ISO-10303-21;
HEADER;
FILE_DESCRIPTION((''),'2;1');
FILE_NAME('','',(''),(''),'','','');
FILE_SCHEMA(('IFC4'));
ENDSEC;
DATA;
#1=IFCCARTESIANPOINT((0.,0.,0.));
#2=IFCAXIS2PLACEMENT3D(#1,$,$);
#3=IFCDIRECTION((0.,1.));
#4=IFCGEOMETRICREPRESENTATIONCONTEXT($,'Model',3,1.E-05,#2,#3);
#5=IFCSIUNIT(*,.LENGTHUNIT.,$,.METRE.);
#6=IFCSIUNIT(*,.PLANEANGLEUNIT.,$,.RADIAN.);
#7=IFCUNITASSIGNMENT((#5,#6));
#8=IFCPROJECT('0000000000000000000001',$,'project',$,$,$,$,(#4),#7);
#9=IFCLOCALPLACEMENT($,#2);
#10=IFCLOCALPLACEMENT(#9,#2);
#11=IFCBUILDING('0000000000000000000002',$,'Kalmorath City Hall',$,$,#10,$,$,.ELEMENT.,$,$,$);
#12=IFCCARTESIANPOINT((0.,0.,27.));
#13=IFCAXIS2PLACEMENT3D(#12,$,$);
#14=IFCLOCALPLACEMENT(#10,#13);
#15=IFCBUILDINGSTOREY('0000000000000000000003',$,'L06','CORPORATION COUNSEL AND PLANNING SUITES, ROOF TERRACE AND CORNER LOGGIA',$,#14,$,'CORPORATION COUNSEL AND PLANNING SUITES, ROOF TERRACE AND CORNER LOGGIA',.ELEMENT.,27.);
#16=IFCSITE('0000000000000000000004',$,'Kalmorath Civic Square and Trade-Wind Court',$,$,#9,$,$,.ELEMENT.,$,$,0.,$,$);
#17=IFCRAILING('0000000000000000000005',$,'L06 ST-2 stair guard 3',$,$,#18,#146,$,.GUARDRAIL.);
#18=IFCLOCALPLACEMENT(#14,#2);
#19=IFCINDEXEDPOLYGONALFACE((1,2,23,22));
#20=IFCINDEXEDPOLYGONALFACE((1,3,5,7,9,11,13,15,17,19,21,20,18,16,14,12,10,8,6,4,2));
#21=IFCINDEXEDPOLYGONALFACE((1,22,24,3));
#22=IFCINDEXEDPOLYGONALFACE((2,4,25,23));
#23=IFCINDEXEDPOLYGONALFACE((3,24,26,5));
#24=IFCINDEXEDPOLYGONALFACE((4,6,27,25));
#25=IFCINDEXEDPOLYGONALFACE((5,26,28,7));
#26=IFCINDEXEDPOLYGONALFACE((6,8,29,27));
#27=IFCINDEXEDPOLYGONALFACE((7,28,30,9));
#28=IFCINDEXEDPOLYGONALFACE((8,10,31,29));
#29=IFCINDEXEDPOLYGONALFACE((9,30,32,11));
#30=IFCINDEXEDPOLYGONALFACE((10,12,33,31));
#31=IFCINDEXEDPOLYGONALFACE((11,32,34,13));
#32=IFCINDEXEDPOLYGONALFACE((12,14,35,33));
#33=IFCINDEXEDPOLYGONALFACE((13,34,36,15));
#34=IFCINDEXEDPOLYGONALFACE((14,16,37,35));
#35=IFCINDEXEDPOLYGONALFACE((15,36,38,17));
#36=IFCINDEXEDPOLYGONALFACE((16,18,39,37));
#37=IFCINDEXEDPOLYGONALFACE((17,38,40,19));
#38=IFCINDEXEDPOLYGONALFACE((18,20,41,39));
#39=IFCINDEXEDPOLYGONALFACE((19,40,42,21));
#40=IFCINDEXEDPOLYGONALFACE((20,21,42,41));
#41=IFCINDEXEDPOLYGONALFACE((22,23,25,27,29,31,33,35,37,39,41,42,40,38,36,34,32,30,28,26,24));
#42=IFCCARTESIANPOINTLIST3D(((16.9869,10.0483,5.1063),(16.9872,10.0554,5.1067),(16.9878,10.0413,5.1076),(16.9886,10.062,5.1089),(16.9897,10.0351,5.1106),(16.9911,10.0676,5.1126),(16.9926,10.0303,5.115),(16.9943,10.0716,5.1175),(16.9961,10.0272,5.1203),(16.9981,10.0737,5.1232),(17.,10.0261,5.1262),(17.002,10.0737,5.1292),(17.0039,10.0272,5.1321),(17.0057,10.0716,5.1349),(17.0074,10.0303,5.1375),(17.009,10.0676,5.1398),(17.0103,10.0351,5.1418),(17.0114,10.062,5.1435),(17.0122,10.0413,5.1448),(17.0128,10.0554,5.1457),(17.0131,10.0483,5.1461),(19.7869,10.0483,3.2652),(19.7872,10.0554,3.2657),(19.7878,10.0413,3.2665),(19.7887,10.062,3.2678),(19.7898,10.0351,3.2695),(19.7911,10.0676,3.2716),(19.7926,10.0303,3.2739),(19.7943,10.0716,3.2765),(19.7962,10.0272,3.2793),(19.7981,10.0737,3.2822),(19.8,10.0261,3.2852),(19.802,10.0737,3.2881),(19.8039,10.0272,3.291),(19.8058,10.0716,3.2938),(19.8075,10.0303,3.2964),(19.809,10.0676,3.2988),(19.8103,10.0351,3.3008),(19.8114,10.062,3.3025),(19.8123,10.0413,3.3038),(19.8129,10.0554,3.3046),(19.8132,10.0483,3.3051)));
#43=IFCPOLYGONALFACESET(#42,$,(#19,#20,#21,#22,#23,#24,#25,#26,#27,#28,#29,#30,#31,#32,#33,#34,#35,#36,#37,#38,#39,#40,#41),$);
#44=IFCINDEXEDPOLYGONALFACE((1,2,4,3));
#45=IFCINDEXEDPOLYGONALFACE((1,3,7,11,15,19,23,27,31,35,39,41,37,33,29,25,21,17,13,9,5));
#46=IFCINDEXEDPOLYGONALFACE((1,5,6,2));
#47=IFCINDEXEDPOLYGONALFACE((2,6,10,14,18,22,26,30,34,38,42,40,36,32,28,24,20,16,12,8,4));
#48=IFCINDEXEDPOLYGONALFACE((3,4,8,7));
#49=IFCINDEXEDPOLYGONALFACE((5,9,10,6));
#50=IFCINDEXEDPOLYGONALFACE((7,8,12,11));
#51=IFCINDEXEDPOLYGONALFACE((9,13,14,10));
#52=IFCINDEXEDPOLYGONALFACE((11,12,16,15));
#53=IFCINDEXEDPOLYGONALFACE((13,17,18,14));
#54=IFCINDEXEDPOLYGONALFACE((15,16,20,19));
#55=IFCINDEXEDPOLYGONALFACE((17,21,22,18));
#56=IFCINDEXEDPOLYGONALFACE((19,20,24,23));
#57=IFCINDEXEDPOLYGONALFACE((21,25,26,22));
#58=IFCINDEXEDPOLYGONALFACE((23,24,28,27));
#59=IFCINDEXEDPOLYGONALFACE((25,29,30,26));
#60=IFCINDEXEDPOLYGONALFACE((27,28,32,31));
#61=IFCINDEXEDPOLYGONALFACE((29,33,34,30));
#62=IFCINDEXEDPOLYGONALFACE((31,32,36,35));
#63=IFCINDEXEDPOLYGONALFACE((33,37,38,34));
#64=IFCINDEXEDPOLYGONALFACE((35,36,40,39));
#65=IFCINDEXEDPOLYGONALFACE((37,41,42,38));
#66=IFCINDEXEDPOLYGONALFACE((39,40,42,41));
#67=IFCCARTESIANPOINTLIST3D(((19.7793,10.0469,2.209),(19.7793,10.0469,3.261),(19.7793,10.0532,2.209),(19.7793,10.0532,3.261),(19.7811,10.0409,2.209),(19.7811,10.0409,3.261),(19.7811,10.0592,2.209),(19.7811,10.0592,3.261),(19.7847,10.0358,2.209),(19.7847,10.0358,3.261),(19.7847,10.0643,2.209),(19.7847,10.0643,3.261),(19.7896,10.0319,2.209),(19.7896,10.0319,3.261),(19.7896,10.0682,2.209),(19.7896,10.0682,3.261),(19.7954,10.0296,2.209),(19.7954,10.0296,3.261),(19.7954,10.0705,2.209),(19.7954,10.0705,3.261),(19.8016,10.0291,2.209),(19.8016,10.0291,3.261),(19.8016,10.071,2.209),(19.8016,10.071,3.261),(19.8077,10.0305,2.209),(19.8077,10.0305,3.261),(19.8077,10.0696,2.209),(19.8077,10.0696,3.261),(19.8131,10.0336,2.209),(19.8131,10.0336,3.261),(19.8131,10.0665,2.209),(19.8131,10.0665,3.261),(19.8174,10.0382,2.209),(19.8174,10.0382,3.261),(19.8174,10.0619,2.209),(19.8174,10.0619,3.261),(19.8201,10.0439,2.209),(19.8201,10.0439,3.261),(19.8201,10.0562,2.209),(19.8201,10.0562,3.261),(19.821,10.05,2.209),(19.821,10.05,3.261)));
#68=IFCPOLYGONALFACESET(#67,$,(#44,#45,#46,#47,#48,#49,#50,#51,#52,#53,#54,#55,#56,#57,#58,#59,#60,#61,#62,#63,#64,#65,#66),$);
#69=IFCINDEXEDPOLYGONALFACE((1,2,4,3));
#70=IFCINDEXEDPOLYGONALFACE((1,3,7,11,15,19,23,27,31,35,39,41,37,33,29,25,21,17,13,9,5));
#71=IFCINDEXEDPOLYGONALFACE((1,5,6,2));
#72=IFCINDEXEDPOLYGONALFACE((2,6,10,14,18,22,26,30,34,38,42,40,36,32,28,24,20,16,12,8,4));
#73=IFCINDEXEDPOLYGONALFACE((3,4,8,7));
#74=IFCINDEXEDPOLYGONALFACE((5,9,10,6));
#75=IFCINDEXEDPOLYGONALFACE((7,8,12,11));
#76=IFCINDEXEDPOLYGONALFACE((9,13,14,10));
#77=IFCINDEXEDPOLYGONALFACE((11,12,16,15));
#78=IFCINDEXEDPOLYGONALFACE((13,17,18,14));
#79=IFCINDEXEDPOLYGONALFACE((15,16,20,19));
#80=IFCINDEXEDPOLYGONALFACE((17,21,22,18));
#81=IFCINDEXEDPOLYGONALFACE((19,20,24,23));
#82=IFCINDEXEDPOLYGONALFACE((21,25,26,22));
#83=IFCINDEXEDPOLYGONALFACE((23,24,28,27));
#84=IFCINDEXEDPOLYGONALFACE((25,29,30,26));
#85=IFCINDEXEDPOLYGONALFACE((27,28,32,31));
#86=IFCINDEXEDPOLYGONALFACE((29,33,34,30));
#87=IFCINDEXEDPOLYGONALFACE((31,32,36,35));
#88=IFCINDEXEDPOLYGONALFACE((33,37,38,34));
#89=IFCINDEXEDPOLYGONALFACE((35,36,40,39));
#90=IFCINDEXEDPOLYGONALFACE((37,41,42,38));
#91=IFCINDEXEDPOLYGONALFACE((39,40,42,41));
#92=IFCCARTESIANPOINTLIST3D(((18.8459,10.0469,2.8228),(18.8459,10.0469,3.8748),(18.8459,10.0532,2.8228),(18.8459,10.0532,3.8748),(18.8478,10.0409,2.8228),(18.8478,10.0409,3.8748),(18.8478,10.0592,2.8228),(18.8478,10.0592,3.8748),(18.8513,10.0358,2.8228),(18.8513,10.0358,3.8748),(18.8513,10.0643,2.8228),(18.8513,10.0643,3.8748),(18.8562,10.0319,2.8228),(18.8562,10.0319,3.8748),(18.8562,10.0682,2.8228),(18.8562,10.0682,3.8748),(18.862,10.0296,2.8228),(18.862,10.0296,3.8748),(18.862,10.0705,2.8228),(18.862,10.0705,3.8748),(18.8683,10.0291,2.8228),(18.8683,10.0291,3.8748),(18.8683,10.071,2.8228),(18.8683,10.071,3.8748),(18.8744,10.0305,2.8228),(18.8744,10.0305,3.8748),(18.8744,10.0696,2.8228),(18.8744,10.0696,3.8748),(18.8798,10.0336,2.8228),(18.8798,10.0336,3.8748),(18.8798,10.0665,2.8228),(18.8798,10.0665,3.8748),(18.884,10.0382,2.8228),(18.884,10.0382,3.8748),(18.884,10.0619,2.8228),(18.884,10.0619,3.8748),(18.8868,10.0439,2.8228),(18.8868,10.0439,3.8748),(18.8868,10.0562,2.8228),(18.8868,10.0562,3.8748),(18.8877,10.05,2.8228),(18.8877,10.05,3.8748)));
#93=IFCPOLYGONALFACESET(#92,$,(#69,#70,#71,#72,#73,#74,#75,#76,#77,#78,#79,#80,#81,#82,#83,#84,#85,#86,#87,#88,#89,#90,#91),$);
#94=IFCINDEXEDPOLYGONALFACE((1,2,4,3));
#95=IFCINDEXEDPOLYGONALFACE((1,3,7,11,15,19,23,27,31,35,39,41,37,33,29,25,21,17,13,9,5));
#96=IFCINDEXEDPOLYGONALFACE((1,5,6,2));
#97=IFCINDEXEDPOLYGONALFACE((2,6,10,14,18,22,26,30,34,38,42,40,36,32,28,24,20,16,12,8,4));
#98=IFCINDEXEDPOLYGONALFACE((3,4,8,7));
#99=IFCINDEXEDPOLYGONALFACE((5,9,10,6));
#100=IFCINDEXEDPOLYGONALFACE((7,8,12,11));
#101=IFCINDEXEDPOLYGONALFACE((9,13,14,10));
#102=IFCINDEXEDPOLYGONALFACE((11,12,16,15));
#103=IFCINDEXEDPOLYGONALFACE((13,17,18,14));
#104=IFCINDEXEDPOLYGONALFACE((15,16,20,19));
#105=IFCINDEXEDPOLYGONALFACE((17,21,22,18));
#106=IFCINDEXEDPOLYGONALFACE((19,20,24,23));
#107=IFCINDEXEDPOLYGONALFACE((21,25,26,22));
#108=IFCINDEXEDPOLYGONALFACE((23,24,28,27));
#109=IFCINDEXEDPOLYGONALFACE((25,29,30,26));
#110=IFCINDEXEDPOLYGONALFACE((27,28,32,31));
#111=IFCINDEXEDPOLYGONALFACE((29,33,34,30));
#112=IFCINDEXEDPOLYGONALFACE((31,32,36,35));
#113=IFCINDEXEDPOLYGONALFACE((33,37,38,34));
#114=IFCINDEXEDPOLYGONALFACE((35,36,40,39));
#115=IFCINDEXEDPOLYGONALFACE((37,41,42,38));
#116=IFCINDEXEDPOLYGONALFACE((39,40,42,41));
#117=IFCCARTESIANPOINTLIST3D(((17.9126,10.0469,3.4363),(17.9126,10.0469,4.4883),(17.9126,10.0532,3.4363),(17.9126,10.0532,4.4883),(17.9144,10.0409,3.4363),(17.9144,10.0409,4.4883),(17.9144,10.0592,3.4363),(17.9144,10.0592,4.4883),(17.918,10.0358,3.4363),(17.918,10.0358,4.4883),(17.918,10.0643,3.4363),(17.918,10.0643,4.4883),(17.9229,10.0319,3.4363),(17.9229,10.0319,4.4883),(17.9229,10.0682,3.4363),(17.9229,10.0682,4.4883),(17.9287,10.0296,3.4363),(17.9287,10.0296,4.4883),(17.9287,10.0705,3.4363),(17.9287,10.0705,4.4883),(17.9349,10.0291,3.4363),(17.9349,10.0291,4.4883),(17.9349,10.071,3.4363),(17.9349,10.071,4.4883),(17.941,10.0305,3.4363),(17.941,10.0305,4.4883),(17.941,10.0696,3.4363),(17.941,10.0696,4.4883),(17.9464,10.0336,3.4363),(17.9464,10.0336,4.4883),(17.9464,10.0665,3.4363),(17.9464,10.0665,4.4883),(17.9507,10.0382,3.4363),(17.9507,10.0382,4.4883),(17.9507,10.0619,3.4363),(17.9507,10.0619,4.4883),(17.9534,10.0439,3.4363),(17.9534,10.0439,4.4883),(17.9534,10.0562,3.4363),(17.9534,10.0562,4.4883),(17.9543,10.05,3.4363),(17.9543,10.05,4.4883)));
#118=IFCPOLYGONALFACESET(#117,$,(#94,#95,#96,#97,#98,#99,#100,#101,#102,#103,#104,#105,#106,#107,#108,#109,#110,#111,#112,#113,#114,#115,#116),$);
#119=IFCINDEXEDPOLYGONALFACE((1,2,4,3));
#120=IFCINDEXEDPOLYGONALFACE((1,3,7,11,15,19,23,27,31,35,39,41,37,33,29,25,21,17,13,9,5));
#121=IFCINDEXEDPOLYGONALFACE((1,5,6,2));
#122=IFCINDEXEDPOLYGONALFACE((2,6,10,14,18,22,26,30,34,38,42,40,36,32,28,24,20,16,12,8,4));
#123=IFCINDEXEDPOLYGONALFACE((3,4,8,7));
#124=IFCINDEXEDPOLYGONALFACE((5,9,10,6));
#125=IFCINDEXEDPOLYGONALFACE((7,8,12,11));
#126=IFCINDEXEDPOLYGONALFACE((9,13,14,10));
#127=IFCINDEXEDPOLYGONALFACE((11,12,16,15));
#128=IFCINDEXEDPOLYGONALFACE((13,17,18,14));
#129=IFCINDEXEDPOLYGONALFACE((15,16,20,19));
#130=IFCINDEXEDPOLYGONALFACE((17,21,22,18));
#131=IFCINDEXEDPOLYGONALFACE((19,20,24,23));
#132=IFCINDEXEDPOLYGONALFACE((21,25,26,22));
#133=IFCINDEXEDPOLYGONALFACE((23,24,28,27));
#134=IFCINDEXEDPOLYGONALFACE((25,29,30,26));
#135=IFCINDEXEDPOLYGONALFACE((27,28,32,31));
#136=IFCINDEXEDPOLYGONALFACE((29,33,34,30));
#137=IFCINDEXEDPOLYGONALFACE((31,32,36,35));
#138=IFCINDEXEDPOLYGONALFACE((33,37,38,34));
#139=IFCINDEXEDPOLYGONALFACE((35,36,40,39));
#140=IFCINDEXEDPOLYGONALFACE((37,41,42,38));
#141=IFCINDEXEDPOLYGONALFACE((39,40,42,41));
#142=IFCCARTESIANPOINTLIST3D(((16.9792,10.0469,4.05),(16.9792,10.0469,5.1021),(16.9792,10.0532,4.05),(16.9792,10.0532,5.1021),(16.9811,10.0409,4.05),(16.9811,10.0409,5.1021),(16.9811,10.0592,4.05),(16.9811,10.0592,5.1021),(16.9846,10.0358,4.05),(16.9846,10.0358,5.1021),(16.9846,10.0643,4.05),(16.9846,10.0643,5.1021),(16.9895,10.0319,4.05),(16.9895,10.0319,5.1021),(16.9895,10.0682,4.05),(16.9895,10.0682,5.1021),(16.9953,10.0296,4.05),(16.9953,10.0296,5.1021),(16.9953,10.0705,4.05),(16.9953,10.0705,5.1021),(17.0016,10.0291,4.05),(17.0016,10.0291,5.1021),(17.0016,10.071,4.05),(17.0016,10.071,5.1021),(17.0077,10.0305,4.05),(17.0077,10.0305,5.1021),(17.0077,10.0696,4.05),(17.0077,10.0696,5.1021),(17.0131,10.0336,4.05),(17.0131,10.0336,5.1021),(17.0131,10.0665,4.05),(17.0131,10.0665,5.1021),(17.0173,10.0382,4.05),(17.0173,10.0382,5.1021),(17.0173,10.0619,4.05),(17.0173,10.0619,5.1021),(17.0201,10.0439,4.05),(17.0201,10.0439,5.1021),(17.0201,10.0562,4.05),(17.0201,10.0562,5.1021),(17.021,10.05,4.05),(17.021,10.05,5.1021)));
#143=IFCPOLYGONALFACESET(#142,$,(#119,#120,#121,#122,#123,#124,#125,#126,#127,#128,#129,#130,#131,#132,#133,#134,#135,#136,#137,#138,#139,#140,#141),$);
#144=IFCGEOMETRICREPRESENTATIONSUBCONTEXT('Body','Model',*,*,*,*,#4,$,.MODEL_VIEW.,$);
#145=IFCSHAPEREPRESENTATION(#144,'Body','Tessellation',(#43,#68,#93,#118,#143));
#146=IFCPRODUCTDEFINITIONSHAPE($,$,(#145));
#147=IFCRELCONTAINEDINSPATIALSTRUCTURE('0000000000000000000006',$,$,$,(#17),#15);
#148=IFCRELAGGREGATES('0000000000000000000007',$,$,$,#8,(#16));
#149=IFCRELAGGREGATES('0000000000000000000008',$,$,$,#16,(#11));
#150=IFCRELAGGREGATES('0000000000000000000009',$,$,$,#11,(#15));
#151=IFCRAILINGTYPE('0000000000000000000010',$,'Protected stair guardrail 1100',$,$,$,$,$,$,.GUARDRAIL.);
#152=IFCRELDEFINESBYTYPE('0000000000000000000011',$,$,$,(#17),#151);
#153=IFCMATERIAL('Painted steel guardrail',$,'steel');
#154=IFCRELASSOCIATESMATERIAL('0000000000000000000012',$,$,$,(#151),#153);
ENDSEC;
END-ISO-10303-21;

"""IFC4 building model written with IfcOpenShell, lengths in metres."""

from ifc_helpers import new_model, si_unit, direction, frame, origin, origin_2d, place, context, subcontext, project, spatial, circle, extrude, material, type_object, element, save


model = new_model("IFC4")

# Units and contexts
model_context = context("Model", 3, precision=1e-05, world=origin(), true_north=direction((0.0, 1.0)))
body_context = subcontext(model_context, "Body", "Model", "MODEL_VIEW")
ifc_project = project(units=[si_unit("LENGTHUNIT", "METRE"), si_unit("PLANEANGLEUNIT", "RADIAN")], contexts=[model_context])

# Site, building, storey
site_placement = place(None, origin())
site = spatial("IfcSite", under=ifc_project, at=site_placement, Name="Kalmorath Civic Square and Trade-Wind Court", CompositionType="ELEMENT", RefElevation=0.0)
building_placement = place(site_placement, origin())
building = spatial("IfcBuilding", under=site, at=building_placement, Name="Kalmorath City Hall", CompositionType="ELEMENT")
storey_placement = place(building_placement, frame((0.0, 0.0, 27.0)))
storey = spatial("IfcBuildingStorey", under=building, at=storey_placement, Name="L06", Description="CORPORATION COUNSEL AND PLANNING SUITES, ROOF TERRACE AND CORNER LOGGIA", LongName="CORPORATION COUNSEL AND PLANNING SUITES, ROOF TERRACE AND CORNER LOGGIA", CompositionType="ELEMENT", Elevation=27.0)

# Railing
ifc_material_1 = material(Name="Painted steel guardrail", Category="steel")
railing_type_1 = type_object("IfcRailingType", Name="Protected stair guardrail 1100", PredefinedType="GUARDRAIL", material=ifc_material_1)
railing_1_placement = place(storey_placement, frame((19.8, 10.05, 2.209)))
element("IfcRailing", 1, at=railing_1_placement, inside=storey, type_object=railing_type_1, Name="L06 ST-2 stair guard 3", PredefinedType="GUARDRAIL", context=body_context, shape_type="SweptSolid", body=[
    extrude(circle(Radius=0.0239, at=origin_2d()), frame((0.0, 0.0, 1.0762), z_axis=(-0.835564, 0.0, 0.549393), x_axis=(0.0, -1.0, 0.0)), (0.0, 0.0, 1.0), 3.3511),
    extrude(circle(Radius=0.021, at=origin_2d()), origin(), (0.0, 0.0, 1.0), 1.052),
    extrude(circle(Radius=0.021, at=origin_2d()), frame((-0.9333, 0.0, 0.6138)), (0.0, 0.0, 1.0), 1.052),
    extrude(circle(Radius=0.021, at=origin_2d()), frame((-1.8667, 0.0, 1.2273)), (0.0, 0.0, 1.0), 1.052),
    extrude(circle(Radius=0.021, at=origin_2d()), frame((-2.8, 0.0, 1.8411)), (0.0, 0.0, 1.0), 1.052),
])

save(model, "model.ifc")
